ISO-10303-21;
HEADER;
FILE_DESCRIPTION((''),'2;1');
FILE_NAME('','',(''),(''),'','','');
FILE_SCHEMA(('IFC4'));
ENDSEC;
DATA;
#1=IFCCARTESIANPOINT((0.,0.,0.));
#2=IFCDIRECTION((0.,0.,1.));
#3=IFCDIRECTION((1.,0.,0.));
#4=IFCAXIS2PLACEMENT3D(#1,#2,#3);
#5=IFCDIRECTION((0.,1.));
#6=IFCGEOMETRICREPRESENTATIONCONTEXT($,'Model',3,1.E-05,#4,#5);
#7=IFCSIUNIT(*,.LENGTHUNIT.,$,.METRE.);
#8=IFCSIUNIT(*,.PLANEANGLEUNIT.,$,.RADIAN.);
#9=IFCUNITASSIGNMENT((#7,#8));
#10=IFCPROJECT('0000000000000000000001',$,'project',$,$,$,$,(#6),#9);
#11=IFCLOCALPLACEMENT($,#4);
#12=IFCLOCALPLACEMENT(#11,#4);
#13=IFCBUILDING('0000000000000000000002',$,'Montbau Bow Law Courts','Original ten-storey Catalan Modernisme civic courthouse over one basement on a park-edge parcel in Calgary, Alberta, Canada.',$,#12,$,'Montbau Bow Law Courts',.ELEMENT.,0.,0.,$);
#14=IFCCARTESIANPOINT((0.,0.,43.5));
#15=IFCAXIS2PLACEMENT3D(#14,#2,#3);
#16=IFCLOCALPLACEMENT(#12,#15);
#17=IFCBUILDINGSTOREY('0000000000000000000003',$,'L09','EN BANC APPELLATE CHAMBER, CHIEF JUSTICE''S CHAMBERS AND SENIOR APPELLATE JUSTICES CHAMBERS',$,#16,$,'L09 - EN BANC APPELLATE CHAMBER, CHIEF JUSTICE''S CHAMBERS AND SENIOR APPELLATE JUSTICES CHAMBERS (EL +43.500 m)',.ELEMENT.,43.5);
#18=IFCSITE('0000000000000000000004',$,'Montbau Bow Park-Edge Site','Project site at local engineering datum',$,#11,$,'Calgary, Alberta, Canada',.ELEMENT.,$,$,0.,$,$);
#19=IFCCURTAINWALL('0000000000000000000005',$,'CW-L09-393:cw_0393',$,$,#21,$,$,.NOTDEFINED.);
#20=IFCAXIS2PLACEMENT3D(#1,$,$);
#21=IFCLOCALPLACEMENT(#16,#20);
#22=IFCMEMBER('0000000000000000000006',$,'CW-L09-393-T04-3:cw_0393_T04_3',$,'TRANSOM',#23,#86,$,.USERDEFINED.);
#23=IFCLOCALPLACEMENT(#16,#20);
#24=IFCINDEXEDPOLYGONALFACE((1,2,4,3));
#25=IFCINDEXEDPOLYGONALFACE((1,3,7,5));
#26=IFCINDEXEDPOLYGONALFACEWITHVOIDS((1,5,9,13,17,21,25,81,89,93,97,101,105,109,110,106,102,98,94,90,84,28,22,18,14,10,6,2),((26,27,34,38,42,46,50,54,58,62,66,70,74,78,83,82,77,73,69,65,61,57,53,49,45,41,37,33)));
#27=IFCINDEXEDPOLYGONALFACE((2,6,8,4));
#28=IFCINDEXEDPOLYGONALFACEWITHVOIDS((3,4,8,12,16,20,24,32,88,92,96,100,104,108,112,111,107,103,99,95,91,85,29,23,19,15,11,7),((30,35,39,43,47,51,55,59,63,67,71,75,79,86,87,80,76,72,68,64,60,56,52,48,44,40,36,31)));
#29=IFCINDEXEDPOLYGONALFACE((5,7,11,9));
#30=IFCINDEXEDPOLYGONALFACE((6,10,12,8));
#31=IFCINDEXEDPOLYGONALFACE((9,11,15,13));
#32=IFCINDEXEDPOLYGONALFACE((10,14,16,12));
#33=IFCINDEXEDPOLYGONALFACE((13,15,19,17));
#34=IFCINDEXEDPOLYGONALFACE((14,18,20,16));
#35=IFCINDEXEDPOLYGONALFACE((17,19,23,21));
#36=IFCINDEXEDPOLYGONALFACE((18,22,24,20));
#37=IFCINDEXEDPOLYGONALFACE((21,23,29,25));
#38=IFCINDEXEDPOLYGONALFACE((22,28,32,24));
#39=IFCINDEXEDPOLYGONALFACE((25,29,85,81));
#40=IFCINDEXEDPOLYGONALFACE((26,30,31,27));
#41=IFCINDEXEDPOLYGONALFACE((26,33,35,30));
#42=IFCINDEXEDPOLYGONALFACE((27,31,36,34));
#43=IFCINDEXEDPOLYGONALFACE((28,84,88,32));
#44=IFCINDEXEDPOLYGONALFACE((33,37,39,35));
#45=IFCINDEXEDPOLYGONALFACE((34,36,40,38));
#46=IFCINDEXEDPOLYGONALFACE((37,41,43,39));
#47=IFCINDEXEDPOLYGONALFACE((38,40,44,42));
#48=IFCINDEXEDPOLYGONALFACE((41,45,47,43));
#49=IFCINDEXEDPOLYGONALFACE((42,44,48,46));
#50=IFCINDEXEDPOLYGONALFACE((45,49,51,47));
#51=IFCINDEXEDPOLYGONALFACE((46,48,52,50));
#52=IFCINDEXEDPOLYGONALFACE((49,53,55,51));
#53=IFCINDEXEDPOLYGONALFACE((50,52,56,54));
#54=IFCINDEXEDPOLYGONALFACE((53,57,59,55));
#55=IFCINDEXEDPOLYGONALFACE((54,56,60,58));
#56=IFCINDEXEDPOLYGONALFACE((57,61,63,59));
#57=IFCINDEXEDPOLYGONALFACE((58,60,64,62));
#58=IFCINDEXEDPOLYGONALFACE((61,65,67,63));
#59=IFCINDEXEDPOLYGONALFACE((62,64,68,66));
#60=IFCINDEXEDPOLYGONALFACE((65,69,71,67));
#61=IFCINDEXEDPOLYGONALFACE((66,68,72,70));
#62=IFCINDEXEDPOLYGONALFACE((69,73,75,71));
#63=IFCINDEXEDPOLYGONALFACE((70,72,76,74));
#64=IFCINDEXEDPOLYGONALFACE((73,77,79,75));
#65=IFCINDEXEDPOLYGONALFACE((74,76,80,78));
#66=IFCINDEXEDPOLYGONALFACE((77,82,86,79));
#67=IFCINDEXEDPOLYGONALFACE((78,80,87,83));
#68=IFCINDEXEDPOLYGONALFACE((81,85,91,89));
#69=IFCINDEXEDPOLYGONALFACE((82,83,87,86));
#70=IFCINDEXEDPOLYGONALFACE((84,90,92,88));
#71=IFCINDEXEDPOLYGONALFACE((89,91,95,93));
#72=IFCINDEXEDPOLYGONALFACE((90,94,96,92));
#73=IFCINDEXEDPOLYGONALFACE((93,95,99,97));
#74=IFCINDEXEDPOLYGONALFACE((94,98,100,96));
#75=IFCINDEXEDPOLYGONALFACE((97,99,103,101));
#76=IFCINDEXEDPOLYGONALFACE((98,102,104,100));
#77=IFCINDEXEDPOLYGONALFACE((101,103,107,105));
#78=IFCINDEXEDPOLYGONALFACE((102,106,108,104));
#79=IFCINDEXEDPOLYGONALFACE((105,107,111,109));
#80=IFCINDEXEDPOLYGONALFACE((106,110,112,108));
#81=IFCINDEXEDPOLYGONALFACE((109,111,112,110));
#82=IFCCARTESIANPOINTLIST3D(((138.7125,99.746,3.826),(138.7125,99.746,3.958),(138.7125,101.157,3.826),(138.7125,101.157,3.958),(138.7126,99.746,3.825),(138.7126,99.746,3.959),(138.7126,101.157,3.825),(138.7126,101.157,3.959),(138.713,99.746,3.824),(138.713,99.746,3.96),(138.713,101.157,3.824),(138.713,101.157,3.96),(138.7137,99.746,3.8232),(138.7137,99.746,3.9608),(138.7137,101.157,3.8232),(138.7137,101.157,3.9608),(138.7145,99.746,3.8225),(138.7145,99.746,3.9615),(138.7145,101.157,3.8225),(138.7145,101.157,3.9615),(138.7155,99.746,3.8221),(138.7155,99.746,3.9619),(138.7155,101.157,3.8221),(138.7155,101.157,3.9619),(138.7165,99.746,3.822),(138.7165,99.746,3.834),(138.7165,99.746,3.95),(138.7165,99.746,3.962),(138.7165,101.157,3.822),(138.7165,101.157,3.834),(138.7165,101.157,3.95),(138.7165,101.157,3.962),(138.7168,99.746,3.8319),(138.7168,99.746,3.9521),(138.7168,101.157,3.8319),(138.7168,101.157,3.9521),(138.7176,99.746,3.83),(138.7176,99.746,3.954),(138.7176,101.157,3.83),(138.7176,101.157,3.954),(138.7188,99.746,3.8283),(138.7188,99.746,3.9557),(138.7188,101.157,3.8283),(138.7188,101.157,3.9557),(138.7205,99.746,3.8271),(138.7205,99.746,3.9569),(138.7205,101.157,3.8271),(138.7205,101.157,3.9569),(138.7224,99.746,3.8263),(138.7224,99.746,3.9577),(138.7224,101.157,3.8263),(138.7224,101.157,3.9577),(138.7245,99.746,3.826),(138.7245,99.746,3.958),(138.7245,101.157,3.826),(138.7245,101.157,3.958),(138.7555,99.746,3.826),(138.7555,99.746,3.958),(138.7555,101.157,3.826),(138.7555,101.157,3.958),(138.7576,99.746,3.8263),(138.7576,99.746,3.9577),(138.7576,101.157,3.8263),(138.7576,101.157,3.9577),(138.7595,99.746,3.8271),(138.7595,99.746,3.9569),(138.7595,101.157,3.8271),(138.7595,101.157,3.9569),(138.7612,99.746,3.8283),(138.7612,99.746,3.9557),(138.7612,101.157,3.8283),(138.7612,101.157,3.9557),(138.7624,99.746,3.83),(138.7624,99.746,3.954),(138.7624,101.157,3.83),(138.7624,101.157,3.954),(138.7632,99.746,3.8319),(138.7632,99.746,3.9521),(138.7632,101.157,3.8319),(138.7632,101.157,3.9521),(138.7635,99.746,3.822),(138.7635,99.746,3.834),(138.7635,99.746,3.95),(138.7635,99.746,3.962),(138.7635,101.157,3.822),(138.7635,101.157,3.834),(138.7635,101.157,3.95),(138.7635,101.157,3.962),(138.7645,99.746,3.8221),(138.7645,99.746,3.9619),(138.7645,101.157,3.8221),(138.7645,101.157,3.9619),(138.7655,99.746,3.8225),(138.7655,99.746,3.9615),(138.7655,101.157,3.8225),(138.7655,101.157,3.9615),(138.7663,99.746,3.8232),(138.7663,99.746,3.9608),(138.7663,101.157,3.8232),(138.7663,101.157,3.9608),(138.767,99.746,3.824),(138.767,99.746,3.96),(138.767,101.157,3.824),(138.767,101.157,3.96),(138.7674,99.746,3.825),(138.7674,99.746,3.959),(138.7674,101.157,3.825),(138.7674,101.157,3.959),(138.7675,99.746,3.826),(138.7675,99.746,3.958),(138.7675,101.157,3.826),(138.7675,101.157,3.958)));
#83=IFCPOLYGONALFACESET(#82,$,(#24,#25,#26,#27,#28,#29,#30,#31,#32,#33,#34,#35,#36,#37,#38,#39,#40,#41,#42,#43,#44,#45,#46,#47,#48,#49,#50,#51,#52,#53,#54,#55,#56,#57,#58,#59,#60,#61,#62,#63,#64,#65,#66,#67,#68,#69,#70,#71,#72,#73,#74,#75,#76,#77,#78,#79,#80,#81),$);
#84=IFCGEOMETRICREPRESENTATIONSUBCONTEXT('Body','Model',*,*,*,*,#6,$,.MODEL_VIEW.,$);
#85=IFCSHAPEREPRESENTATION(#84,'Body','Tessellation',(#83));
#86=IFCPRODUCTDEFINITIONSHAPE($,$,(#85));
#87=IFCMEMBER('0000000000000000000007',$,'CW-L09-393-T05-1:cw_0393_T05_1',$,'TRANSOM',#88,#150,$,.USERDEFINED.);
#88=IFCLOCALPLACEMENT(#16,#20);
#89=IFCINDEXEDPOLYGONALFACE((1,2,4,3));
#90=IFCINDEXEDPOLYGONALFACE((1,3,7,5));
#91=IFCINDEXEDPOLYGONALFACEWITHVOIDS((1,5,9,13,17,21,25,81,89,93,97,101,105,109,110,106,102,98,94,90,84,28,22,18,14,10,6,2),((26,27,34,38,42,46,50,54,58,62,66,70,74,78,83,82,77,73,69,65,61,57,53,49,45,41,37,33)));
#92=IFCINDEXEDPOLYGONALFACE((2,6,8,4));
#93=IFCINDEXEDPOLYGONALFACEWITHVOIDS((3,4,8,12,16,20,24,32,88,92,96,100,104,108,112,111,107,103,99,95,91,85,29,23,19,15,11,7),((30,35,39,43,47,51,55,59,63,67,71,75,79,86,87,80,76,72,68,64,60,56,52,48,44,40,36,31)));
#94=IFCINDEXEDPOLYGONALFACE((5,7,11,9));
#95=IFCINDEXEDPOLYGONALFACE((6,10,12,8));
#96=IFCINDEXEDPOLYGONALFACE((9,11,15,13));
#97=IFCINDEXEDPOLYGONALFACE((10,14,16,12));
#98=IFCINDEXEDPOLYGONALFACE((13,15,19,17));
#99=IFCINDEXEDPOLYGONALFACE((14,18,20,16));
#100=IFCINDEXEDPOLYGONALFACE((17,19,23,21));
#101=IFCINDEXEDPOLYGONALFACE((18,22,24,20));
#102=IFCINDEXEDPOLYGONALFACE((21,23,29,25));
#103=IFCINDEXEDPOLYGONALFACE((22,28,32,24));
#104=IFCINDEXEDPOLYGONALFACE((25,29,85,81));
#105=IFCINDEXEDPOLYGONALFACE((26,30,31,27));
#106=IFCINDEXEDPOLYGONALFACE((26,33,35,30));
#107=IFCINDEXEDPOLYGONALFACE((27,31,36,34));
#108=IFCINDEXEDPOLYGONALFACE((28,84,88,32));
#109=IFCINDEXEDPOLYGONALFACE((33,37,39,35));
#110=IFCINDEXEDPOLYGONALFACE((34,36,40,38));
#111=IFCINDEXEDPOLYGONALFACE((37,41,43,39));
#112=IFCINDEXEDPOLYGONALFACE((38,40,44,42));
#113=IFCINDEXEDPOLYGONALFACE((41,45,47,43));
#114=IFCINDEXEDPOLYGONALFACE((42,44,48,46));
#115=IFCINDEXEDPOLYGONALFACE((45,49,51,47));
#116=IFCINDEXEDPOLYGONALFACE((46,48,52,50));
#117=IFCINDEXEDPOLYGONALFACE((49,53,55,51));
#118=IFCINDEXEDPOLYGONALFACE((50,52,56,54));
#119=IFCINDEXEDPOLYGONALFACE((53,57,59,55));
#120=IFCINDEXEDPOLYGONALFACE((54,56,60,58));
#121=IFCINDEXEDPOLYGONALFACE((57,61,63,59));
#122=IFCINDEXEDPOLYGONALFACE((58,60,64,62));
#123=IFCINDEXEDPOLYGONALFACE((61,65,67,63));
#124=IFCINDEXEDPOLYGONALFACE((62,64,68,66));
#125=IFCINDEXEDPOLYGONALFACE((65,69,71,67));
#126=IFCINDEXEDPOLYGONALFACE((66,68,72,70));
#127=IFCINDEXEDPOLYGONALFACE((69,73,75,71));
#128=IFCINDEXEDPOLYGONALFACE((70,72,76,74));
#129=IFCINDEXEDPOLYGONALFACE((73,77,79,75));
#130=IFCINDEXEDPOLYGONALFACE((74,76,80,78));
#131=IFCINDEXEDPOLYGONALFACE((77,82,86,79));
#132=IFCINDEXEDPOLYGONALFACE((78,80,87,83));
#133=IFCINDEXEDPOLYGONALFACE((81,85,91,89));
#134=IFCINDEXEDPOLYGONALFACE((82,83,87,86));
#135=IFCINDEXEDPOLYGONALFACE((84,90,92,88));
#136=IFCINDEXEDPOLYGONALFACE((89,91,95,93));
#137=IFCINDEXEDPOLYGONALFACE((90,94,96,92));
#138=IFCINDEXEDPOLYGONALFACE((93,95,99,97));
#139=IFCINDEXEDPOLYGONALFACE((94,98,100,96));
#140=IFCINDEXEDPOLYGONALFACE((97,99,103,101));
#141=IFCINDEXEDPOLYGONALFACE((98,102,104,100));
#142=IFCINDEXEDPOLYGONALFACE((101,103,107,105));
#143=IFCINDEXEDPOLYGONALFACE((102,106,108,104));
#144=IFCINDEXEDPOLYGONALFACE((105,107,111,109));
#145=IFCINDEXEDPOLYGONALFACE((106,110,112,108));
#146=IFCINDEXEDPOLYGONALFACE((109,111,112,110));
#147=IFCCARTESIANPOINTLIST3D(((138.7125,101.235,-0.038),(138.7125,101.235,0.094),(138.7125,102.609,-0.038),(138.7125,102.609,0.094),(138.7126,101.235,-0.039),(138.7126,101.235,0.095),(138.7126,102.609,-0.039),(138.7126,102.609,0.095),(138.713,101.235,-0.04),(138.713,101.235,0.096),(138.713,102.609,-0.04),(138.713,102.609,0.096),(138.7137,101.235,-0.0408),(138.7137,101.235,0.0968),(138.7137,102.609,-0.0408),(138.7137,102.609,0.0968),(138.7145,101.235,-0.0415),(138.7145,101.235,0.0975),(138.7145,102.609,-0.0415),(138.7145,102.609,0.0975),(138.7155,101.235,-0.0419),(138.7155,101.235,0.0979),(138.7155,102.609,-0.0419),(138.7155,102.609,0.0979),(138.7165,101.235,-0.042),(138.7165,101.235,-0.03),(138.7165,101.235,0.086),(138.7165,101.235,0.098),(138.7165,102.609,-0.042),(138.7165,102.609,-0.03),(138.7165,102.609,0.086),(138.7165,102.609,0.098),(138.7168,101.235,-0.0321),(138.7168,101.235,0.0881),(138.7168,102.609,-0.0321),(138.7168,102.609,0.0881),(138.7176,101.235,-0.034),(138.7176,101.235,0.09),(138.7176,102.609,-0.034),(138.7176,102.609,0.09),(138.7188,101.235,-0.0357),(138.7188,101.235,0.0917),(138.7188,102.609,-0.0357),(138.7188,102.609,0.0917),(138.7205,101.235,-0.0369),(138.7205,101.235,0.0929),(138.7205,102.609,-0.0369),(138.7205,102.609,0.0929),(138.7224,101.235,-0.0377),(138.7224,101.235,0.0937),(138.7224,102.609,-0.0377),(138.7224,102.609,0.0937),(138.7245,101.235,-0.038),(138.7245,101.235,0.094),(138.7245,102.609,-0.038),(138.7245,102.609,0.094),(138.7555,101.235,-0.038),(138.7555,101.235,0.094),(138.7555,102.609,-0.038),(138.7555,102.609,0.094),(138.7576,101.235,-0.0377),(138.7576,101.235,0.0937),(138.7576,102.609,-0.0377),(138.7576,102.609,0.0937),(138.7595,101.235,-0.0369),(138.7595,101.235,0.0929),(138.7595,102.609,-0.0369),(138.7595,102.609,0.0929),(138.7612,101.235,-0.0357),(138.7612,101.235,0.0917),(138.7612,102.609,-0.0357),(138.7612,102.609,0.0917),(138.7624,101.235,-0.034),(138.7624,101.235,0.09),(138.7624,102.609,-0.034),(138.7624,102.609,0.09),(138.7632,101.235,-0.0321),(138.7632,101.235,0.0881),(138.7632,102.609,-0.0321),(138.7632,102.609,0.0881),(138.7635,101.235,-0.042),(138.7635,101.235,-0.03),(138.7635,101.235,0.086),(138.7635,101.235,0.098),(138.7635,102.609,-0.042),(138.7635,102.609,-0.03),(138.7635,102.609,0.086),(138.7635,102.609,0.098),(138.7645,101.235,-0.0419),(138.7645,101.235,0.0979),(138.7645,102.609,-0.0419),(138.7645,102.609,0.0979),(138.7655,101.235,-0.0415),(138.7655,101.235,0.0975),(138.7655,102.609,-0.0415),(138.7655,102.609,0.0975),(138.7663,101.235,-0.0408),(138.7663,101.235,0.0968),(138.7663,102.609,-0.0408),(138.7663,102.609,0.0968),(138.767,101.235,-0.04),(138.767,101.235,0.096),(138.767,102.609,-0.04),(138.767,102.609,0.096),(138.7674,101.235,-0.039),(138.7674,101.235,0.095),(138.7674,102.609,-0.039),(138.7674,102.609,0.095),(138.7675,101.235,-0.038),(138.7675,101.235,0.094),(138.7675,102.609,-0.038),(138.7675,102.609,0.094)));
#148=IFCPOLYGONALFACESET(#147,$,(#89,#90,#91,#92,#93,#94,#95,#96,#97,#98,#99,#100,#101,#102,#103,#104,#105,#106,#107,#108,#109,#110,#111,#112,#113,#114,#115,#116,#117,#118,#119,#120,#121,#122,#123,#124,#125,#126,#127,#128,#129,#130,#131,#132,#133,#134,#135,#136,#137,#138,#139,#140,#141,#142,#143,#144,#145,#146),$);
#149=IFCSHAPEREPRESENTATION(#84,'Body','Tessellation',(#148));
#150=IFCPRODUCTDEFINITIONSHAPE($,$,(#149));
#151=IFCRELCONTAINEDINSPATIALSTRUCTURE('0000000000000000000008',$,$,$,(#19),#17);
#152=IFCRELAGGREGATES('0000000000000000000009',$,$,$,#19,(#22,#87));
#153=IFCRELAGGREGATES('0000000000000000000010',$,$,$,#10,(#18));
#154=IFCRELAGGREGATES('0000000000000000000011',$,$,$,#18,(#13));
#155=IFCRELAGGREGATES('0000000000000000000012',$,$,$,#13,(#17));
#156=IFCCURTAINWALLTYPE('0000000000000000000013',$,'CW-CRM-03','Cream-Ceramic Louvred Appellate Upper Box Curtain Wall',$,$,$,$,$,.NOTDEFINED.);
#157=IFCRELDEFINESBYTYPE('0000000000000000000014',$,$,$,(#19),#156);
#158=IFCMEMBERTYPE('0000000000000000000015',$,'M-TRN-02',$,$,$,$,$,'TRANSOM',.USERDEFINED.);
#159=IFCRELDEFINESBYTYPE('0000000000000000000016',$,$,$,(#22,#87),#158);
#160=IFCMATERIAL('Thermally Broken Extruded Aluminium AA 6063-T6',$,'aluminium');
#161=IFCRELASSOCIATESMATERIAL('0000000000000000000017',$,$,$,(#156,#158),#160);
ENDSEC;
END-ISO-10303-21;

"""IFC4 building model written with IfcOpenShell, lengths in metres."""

from ifc_helpers import new_model, si_unit, direction, frame, origin_with_axes, origin_2d_with_axis, place, context, subcontext, project, spatial, hollow_rectangle, extrude, material, material_profile, profile_set, type_object, element, aggregate, save


model = new_model("IFC4")

# Units and contexts
model_context = context("Model", 3, precision=1e-05, world=origin_with_axes(), true_north=direction((0.0, 1.0)))
body_context = subcontext(model_context, "Body", "Model", "MODEL_VIEW")
ifc_project = project(units=[si_unit("LENGTHUNIT", "METRE"), si_unit("PLANEANGLEUNIT", "RADIAN")], contexts=[model_context])

# Site, building, storey
site_placement = place(None, origin_with_axes())
site = spatial("IfcSite", under=ifc_project, at=site_placement, Name="Montbau Bow Park-Edge Site", Description="Project site at local engineering datum", LongName="Calgary, Alberta, Canada", CompositionType="ELEMENT", RefElevation=0.0)
building_placement = place(site_placement, origin_with_axes())
building = spatial("IfcBuilding", under=site, at=building_placement, Name="Montbau Bow Law Courts", Description="Original ten-storey Catalan Modernisme civic courthouse over one basement on a park-edge parcel in Calgary, Alberta, Canada.", LongName="Montbau Bow Law Courts", CompositionType="ELEMENT", ElevationOfRefHeight=0.0, ElevationOfTerrain=0.0)
storey_placement = place(building_placement, frame((0.0, 0.0, 43.5), z_axis=(0.0, 0.0, 1.0), x_axis=(1.0, 0.0, 0.0)))
storey = spatial("IfcBuildingStorey", under=building, at=storey_placement, Name="L09", Description="EN BANC APPELLATE CHAMBER, CHIEF JUSTICE'S CHAMBERS AND SENIOR APPELLATE JUSTICES CHAMBERS", LongName="L09 - EN BANC APPELLATE CHAMBER, CHIEF JUSTICE'S CHAMBERS AND SENIOR APPELLATE JUSTICES CHAMBERS (EL +43.500 m)", CompositionType="ELEMENT", Elevation=43.5)

# Curtain wall, members
ifc_material_1 = material(Name="Thermally Broken Extruded Aluminium AA 6063-T6", Category="aluminium")
curtain_wall_type = type_object("IfcCurtainWallType", Name="CW-CRM-03", Description="Cream-Ceramic Louvred Appellate Upper Box Curtain Wall", PredefinedType="NOTDEFINED", material=ifc_material_1)
curtain_wall_placement = place(None, frame((138.74, 95.24, 43.5), z_axis=(0.0, 0.0, 1.0), x_axis=(1.0, 0.0, 0.0)))
curtain_wall = element("IfcCurtainWall", 1, at=curtain_wall_placement, inside=storey, type_object=curtain_wall_type, Name="CW-L09-393:cw_0393", PredefinedType="NOTDEFINED")
ifc_material_profile_1 = material_profile(ifc_material_1, hollow_rectangle(XDim=0.055, YDim=0.14, WallThickness=0.004, InnerFilletRadius=0.008, OuterFilletRadius=0.004, at=origin_2d_with_axis()), Name="CWT-140X55", Category="Main", Priority=0)
ifc_profile_set_1 = profile_set([ifc_material_profile_1], Name="Thermally Broken Extruded Aluminium AA 6063-T6")
member_type_1 = type_object("IfcMemberType", Name="M-TRN-02", ElementType="TRANSOM", PredefinedType="USERDEFINED", material=ifc_profile_set_1)
member_1_placement = place(None, frame((138.74, 99.746, 47.392), z_axis=(0.0, 1.0, 0.0), x_axis=(-1.0, 0.0, 0.0)))
member_1 = element("IfcMember", 2, at=member_1_placement, type_object=member_type_1, Name="CW-L09-393-T04-3:cw_0393_T04_3", ObjectType="TRANSOM", PredefinedType="USERDEFINED", context=body_context, shape_type="SweptSolid", body=[
    extrude(hollow_rectangle(XDim=0.055, YDim=0.14, WallThickness=0.004, InnerFilletRadius=0.008, OuterFilletRadius=0.004, at=origin_2d_with_axis()), origin_with_axes(), (0.0, 0.0, 1.0), 1.411),
])
member_2_placement = place(None, frame((138.74, 101.235, 43.528), z_axis=(0.0, 1.0, 0.0), x_axis=(-1.0, 0.0, 0.0)))
member_2 = element("IfcMember", 3, at=member_2_placement, type_object=member_type_1, Name="CW-L09-393-T05-1:cw_0393_T05_1", ObjectType="TRANSOM", PredefinedType="USERDEFINED", context=body_context, shape_type="SweptSolid", body=[
    extrude(hollow_rectangle(XDim=0.055, YDim=0.14, WallThickness=0.004, InnerFilletRadius=0.008, OuterFilletRadius=0.004, at=origin_2d_with_axis()), origin_with_axes(), (0.0, 0.0, 1.0), 1.374),
])
aggregate(curtain_wall, [member_1, member_2])

save(model, "model.ifc")
